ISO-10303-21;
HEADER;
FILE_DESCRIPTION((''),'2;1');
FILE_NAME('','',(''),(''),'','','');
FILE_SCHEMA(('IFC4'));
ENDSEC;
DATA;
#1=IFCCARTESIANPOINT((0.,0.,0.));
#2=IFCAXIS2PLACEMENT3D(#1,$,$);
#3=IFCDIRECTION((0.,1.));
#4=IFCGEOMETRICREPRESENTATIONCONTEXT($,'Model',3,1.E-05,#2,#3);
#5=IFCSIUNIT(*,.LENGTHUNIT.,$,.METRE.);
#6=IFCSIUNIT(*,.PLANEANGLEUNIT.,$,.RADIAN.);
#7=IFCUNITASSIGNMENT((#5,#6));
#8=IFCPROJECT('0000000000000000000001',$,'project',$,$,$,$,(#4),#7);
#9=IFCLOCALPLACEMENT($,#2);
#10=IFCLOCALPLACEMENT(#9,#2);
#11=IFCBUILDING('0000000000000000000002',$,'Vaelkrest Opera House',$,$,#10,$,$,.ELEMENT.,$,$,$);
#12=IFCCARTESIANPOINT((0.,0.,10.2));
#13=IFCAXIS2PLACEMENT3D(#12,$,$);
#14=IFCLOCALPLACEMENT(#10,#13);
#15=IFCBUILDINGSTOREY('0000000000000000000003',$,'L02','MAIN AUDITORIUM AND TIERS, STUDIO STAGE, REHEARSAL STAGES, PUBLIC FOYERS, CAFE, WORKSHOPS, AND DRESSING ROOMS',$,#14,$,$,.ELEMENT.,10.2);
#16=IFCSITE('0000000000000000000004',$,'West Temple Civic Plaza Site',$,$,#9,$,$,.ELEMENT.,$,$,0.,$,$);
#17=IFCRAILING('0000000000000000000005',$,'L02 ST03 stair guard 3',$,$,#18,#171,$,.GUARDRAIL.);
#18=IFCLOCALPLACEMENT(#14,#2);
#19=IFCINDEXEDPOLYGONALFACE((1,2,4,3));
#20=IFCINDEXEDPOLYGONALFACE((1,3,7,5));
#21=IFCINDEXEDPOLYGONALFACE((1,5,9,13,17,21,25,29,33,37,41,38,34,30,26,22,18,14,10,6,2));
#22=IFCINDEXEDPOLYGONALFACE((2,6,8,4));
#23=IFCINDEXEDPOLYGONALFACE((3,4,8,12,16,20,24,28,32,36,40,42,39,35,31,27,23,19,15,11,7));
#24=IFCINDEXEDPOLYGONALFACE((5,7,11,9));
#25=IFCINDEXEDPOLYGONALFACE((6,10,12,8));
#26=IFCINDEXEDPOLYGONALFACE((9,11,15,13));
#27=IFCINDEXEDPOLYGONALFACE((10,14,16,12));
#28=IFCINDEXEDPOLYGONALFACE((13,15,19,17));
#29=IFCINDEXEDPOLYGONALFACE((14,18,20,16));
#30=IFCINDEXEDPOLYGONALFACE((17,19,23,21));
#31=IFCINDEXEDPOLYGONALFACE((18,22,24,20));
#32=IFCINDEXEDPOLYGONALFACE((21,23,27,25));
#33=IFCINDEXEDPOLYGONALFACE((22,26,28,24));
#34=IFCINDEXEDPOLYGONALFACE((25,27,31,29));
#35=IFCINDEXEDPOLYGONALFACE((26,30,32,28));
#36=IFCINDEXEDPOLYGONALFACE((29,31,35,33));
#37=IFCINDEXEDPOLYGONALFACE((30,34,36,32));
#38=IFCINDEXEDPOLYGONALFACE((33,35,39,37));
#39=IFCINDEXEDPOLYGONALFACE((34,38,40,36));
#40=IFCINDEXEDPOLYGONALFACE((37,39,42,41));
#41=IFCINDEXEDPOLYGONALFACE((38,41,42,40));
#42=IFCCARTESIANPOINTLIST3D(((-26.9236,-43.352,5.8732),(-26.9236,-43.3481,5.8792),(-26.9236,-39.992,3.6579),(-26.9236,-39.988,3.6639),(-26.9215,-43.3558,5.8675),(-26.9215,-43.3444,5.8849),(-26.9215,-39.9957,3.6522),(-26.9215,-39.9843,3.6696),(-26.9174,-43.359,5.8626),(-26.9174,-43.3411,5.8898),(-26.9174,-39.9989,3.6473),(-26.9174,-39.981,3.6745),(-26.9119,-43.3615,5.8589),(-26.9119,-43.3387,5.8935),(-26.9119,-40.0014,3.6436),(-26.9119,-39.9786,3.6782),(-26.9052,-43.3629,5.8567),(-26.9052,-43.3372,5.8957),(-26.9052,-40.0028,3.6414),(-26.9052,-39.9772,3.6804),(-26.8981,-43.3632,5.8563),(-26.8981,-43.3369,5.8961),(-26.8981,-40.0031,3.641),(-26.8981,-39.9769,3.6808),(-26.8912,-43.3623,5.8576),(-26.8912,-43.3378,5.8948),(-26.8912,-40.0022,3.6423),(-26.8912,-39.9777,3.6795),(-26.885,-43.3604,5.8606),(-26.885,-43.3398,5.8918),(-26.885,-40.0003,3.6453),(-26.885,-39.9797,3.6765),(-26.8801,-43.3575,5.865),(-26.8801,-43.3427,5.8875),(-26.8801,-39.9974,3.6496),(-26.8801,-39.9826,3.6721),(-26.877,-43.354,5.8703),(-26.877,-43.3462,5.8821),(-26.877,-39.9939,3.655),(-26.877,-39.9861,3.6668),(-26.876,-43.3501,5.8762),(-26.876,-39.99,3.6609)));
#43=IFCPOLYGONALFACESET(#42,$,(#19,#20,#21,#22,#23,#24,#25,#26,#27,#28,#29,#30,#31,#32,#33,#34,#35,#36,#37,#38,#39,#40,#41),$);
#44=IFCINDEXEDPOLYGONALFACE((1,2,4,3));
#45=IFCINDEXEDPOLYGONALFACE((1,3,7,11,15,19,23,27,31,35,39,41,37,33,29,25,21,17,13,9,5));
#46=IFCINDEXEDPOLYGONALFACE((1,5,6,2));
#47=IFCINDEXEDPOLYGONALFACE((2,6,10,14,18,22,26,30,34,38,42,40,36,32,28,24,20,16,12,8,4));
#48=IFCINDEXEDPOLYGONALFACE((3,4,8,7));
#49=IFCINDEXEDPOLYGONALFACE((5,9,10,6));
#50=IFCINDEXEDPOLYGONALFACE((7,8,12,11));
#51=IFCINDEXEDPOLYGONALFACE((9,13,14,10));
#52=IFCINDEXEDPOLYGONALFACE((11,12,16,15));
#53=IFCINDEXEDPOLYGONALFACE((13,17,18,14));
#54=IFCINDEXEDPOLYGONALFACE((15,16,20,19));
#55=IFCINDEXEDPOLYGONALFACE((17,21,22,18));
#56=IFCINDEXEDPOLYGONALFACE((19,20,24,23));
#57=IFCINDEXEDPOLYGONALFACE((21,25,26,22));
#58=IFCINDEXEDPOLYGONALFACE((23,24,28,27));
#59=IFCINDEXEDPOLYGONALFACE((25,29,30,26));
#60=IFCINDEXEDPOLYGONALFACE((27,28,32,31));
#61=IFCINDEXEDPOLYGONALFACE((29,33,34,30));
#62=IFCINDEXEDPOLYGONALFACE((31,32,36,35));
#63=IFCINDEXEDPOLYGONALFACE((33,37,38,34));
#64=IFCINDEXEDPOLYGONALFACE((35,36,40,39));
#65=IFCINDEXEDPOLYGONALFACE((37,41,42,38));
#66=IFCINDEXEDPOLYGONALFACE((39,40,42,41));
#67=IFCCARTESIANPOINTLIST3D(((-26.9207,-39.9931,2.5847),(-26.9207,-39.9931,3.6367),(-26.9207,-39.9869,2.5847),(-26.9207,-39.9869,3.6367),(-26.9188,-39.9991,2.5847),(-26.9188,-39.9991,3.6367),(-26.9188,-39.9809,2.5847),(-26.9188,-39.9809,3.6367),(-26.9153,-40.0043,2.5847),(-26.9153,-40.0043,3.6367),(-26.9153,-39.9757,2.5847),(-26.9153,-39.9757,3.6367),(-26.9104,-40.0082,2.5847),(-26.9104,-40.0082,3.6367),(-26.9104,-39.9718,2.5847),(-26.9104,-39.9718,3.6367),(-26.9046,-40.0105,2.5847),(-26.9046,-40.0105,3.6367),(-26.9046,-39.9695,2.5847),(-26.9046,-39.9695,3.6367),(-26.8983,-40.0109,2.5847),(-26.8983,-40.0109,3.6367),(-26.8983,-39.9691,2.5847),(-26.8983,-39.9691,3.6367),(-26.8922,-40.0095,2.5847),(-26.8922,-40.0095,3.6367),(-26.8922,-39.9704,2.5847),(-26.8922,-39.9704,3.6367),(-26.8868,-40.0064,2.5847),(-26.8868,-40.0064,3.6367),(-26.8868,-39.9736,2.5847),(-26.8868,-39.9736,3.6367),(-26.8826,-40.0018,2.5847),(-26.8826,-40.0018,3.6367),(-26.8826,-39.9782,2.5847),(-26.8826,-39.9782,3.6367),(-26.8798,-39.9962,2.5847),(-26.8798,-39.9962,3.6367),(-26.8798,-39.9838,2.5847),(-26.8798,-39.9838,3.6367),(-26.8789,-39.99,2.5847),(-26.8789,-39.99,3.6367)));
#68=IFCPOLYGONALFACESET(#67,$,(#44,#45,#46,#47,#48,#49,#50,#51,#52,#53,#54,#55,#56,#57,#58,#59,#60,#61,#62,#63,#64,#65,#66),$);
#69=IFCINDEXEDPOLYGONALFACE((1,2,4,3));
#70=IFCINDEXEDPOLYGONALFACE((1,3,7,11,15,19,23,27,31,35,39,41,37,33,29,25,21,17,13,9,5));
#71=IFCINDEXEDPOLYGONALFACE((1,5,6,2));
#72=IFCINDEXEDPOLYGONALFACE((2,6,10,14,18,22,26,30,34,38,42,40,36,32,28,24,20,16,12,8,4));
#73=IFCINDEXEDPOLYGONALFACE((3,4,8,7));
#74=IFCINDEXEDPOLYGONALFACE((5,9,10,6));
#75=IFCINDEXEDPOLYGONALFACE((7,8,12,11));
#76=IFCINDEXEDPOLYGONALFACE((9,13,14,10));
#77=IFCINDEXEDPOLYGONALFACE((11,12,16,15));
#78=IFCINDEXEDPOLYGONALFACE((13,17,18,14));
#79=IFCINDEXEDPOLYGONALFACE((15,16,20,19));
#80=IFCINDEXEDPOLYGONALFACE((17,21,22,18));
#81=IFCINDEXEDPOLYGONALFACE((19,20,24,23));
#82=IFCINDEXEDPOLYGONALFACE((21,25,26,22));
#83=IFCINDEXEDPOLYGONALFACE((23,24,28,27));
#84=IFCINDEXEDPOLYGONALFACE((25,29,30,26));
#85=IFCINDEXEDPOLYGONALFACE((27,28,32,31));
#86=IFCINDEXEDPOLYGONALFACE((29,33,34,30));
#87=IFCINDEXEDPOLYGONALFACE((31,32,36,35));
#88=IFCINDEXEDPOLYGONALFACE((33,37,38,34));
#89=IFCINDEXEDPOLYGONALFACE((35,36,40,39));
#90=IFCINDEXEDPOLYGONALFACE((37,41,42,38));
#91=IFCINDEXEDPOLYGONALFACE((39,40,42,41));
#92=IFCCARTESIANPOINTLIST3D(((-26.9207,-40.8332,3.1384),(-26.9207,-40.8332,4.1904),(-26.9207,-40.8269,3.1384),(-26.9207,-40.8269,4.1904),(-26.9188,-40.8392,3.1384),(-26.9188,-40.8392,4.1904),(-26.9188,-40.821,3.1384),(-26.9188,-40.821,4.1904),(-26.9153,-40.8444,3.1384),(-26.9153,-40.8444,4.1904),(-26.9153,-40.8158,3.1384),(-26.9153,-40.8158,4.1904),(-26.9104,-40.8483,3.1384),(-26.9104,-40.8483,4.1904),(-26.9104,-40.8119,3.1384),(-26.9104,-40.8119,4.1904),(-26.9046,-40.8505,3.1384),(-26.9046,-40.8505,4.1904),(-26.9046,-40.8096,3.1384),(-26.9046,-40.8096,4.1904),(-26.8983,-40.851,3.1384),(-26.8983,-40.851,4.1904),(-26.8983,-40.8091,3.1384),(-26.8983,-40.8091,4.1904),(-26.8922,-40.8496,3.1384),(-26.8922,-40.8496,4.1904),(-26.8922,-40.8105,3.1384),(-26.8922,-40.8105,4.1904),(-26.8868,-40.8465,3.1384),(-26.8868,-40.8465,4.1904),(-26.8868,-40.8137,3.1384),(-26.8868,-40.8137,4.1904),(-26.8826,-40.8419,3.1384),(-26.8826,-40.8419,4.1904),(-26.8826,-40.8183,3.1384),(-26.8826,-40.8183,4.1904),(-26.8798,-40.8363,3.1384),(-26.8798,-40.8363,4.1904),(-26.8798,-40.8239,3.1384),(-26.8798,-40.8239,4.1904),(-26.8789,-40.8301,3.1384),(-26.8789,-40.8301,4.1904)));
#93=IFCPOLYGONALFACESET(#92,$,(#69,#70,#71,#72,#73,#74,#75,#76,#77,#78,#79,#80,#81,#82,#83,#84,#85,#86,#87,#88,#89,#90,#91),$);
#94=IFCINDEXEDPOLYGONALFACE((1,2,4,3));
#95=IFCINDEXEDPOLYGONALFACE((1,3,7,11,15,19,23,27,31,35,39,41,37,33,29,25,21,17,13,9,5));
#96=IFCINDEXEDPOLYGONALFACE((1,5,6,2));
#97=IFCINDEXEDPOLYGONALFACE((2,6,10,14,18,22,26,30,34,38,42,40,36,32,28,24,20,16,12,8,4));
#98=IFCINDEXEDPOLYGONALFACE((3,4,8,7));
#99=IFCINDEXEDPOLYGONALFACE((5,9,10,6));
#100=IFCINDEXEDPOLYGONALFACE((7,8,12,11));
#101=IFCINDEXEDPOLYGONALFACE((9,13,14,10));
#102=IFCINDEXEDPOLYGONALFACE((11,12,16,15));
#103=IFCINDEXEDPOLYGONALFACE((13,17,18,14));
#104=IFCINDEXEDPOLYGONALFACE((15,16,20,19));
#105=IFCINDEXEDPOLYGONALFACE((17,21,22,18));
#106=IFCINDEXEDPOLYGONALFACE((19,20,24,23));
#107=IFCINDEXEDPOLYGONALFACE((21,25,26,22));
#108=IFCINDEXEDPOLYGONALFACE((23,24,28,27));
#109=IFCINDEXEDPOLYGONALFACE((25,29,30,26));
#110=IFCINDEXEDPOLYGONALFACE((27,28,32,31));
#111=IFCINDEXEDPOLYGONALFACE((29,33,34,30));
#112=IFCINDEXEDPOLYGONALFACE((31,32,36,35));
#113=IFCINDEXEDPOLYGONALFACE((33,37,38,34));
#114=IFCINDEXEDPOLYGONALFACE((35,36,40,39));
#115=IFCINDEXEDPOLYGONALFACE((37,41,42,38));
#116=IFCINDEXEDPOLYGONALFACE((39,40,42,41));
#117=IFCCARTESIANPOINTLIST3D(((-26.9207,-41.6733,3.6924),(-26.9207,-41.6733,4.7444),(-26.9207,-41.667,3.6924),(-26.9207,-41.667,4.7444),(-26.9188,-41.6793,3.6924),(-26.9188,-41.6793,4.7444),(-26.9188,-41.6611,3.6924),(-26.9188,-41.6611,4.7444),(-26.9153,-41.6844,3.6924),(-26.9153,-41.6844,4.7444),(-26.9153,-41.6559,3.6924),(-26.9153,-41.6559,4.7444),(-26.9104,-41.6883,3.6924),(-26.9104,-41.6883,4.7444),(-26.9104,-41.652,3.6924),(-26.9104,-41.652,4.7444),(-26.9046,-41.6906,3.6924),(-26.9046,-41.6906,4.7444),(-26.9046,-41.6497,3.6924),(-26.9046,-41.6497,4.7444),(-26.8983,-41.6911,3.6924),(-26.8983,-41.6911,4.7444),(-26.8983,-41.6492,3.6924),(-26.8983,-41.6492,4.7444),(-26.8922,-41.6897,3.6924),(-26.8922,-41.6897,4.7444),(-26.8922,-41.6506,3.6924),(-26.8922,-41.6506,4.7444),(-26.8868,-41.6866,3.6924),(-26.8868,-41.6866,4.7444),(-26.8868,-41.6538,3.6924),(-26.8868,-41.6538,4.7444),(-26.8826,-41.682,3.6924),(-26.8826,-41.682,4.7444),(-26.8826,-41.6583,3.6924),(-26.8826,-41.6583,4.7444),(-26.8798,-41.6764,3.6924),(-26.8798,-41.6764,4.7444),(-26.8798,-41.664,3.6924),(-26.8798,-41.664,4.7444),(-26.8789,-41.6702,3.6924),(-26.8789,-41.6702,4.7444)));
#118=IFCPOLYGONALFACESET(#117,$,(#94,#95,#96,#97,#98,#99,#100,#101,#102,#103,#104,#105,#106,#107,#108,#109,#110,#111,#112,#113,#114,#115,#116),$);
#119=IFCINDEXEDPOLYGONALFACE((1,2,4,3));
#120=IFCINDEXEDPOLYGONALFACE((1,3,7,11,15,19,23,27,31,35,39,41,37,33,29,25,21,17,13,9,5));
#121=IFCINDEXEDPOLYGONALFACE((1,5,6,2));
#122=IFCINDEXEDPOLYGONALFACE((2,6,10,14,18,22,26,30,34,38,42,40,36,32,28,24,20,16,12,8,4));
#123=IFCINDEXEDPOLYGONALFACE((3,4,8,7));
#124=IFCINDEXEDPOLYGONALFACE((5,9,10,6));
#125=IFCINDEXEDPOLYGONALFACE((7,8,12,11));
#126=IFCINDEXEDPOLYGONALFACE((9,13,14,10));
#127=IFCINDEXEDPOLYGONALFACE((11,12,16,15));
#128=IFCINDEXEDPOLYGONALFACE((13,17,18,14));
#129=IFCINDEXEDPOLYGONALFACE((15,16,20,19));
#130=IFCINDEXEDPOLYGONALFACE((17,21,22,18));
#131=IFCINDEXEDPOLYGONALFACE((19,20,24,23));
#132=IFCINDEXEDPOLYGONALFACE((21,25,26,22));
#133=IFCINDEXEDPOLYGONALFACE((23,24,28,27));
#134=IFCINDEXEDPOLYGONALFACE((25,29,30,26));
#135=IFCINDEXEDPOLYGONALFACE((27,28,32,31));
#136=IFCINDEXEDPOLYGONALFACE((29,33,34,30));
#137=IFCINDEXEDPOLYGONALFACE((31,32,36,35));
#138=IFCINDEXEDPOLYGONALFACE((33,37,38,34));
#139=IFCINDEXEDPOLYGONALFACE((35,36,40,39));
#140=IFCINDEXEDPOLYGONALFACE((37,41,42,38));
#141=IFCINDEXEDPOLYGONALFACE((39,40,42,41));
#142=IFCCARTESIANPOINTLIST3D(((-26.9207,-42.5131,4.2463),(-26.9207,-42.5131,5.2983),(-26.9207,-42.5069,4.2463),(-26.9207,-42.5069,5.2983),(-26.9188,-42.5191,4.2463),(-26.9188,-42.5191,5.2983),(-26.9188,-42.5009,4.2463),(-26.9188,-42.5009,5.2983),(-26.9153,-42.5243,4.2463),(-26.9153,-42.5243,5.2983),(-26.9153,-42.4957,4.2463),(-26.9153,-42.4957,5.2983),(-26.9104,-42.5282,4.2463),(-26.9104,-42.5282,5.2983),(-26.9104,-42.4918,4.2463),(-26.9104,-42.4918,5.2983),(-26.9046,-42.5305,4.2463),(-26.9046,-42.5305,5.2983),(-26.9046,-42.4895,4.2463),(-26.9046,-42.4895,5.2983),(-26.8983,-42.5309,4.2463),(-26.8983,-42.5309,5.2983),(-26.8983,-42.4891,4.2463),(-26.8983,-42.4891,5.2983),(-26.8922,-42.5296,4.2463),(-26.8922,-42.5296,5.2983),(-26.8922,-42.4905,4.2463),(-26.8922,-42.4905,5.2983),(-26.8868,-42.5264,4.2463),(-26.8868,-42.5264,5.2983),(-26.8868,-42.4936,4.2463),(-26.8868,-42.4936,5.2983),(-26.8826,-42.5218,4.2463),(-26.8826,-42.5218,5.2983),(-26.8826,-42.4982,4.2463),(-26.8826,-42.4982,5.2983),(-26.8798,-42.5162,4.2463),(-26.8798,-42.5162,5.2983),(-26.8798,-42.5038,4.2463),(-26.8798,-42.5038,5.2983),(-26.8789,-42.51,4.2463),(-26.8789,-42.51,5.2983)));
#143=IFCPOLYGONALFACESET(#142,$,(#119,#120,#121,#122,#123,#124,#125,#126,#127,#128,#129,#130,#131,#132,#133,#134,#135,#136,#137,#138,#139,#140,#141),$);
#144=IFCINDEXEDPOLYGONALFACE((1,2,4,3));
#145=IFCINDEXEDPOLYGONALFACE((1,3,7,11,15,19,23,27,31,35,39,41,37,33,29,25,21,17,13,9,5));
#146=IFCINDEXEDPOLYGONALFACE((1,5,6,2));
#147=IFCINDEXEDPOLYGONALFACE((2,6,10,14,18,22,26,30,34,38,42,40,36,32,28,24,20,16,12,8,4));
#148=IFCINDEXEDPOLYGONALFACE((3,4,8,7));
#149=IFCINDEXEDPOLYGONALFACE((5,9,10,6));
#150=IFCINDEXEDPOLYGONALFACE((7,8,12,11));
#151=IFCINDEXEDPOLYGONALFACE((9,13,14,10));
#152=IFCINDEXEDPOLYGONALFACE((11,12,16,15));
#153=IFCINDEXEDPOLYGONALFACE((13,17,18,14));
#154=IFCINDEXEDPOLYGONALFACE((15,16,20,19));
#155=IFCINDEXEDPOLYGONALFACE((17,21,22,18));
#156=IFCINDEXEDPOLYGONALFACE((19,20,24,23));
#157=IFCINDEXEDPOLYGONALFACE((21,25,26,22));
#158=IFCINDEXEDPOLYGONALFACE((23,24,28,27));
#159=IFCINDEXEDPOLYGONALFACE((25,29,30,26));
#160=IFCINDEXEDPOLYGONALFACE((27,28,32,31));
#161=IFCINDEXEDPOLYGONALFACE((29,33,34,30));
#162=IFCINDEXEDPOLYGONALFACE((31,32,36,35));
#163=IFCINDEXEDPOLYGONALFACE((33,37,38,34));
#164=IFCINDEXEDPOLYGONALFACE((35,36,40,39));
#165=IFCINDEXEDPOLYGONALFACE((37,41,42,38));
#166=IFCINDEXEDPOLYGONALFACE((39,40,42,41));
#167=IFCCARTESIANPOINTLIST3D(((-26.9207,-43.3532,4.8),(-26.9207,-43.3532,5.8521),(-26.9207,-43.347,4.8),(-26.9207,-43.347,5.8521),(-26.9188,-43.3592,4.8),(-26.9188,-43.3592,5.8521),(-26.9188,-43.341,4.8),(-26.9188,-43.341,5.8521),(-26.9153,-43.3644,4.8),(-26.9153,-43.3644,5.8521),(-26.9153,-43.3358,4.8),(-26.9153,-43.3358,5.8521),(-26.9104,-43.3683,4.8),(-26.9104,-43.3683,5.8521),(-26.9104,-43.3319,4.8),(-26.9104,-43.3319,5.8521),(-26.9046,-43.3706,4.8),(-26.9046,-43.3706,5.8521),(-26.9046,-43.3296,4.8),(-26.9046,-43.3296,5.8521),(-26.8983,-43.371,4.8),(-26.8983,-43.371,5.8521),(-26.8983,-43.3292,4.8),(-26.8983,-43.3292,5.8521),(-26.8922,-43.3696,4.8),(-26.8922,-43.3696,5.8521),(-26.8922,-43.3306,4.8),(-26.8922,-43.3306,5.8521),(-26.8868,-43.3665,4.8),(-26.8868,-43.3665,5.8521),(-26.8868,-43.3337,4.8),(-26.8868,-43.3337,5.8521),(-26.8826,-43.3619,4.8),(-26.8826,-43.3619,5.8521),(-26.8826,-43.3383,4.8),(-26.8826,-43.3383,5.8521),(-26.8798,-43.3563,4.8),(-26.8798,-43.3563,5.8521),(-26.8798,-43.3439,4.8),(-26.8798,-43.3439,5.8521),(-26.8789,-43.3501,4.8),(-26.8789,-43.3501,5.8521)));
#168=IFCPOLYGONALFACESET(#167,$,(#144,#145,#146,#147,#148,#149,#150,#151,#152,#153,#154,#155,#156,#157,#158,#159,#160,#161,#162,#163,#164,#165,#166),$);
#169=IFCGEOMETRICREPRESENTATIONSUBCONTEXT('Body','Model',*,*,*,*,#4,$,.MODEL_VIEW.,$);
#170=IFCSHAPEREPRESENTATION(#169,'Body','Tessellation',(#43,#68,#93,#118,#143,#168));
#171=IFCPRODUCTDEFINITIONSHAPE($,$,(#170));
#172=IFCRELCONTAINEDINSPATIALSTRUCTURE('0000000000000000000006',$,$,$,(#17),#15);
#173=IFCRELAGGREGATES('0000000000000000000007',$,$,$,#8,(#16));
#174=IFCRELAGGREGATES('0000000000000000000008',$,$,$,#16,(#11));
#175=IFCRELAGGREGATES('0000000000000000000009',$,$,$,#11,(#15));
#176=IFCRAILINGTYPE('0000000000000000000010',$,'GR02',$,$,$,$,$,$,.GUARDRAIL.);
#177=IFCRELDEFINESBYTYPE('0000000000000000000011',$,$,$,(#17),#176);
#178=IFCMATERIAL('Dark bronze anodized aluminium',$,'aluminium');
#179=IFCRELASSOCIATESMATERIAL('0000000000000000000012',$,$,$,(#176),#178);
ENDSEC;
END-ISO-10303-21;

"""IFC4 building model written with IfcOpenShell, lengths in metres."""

from ifc_helpers import new_model, si_unit, direction, frame, origin, origin_2d, place, context, subcontext, project, spatial, circle, extrude, material, type_object, element, save


model = new_model("IFC4")

# Units and contexts
model_context = context("Model", 3, precision=1e-05, world=origin(), true_north=direction((0.0, 1.0)))
body_context = subcontext(model_context, "Body", "Model", "MODEL_VIEW")
ifc_project = project(units=[si_unit("LENGTHUNIT", "METRE"), si_unit("PLANEANGLEUNIT", "RADIAN")], contexts=[model_context])

# Site, building, storey
site_placement = place(None, origin())
site = spatial("IfcSite", under=ifc_project, at=site_placement, Name="West Temple Civic Plaza Site", CompositionType="ELEMENT", RefElevation=0.0)
building_placement = place(site_placement, origin())
building = spatial("IfcBuilding", under=site, at=building_placement, Name="Vaelkrest Opera House", CompositionType="ELEMENT")
storey_placement = place(building_placement, frame((0.0, 0.0, 10.2)))
storey = spatial("IfcBuildingStorey", under=building, at=storey_placement, Name="L02", Description="MAIN AUDITORIUM AND TIERS, STUDIO STAGE, REHEARSAL STAGES, PUBLIC FOYERS, CAFE, WORKSHOPS, AND DRESSING ROOMS", CompositionType="ELEMENT", Elevation=10.2)

# Shared definitions
ifc_material_1 = material(Name="Dark bronze anodized aluminium", Category="aluminium")

# Railing
railing_type_1 = type_object("IfcRailingType", Name="GR02", PredefinedType="GUARDRAIL", material=ifc_material_1)
railing_1_placement = place(storey_placement, frame((-26.8999, -39.99, 2.5847)))
element("IfcRailing", 1, at=railing_1_placement, inside=storey, type_object=railing_type_1, Name="L02 ST03 stair guard 3", PredefinedType="GUARDRAIL", context=body_context, shape_type="SweptSolid", body=[
    extrude(circle(Radius=0.0239, at=origin_2d()), frame((0.0, 0.0, 1.0762), z_axis=(0.0, -0.834876, 0.550437), x_axis=(1.0, 0.0, 0.0)), (0.0, 0.0, 1.0), 4.0247),
    extrude(circle(Radius=0.021, at=origin_2d()), origin(), (0.0, 0.0, 1.0), 1.052),
    extrude(circle(Radius=0.021, at=origin_2d()), frame((0.0, -0.8401, 0.5537)), (0.0, 0.0, 1.0), 1.052),
    extrude(circle(Radius=0.021, at=origin_2d()), frame((0.0, -1.6802, 1.1077)), (0.0, 0.0, 1.0), 1.052),
    extrude(circle(Radius=0.021, at=origin_2d()), frame((0.0, -2.52, 1.6616)), (0.0, 0.0, 1.0), 1.052),
    extrude(circle(Radius=0.021, at=origin_2d()), frame((0.0, -3.3601, 2.2153)), (0.0, 0.0, 1.0), 1.052),
])

save(model, "model.ifc")
